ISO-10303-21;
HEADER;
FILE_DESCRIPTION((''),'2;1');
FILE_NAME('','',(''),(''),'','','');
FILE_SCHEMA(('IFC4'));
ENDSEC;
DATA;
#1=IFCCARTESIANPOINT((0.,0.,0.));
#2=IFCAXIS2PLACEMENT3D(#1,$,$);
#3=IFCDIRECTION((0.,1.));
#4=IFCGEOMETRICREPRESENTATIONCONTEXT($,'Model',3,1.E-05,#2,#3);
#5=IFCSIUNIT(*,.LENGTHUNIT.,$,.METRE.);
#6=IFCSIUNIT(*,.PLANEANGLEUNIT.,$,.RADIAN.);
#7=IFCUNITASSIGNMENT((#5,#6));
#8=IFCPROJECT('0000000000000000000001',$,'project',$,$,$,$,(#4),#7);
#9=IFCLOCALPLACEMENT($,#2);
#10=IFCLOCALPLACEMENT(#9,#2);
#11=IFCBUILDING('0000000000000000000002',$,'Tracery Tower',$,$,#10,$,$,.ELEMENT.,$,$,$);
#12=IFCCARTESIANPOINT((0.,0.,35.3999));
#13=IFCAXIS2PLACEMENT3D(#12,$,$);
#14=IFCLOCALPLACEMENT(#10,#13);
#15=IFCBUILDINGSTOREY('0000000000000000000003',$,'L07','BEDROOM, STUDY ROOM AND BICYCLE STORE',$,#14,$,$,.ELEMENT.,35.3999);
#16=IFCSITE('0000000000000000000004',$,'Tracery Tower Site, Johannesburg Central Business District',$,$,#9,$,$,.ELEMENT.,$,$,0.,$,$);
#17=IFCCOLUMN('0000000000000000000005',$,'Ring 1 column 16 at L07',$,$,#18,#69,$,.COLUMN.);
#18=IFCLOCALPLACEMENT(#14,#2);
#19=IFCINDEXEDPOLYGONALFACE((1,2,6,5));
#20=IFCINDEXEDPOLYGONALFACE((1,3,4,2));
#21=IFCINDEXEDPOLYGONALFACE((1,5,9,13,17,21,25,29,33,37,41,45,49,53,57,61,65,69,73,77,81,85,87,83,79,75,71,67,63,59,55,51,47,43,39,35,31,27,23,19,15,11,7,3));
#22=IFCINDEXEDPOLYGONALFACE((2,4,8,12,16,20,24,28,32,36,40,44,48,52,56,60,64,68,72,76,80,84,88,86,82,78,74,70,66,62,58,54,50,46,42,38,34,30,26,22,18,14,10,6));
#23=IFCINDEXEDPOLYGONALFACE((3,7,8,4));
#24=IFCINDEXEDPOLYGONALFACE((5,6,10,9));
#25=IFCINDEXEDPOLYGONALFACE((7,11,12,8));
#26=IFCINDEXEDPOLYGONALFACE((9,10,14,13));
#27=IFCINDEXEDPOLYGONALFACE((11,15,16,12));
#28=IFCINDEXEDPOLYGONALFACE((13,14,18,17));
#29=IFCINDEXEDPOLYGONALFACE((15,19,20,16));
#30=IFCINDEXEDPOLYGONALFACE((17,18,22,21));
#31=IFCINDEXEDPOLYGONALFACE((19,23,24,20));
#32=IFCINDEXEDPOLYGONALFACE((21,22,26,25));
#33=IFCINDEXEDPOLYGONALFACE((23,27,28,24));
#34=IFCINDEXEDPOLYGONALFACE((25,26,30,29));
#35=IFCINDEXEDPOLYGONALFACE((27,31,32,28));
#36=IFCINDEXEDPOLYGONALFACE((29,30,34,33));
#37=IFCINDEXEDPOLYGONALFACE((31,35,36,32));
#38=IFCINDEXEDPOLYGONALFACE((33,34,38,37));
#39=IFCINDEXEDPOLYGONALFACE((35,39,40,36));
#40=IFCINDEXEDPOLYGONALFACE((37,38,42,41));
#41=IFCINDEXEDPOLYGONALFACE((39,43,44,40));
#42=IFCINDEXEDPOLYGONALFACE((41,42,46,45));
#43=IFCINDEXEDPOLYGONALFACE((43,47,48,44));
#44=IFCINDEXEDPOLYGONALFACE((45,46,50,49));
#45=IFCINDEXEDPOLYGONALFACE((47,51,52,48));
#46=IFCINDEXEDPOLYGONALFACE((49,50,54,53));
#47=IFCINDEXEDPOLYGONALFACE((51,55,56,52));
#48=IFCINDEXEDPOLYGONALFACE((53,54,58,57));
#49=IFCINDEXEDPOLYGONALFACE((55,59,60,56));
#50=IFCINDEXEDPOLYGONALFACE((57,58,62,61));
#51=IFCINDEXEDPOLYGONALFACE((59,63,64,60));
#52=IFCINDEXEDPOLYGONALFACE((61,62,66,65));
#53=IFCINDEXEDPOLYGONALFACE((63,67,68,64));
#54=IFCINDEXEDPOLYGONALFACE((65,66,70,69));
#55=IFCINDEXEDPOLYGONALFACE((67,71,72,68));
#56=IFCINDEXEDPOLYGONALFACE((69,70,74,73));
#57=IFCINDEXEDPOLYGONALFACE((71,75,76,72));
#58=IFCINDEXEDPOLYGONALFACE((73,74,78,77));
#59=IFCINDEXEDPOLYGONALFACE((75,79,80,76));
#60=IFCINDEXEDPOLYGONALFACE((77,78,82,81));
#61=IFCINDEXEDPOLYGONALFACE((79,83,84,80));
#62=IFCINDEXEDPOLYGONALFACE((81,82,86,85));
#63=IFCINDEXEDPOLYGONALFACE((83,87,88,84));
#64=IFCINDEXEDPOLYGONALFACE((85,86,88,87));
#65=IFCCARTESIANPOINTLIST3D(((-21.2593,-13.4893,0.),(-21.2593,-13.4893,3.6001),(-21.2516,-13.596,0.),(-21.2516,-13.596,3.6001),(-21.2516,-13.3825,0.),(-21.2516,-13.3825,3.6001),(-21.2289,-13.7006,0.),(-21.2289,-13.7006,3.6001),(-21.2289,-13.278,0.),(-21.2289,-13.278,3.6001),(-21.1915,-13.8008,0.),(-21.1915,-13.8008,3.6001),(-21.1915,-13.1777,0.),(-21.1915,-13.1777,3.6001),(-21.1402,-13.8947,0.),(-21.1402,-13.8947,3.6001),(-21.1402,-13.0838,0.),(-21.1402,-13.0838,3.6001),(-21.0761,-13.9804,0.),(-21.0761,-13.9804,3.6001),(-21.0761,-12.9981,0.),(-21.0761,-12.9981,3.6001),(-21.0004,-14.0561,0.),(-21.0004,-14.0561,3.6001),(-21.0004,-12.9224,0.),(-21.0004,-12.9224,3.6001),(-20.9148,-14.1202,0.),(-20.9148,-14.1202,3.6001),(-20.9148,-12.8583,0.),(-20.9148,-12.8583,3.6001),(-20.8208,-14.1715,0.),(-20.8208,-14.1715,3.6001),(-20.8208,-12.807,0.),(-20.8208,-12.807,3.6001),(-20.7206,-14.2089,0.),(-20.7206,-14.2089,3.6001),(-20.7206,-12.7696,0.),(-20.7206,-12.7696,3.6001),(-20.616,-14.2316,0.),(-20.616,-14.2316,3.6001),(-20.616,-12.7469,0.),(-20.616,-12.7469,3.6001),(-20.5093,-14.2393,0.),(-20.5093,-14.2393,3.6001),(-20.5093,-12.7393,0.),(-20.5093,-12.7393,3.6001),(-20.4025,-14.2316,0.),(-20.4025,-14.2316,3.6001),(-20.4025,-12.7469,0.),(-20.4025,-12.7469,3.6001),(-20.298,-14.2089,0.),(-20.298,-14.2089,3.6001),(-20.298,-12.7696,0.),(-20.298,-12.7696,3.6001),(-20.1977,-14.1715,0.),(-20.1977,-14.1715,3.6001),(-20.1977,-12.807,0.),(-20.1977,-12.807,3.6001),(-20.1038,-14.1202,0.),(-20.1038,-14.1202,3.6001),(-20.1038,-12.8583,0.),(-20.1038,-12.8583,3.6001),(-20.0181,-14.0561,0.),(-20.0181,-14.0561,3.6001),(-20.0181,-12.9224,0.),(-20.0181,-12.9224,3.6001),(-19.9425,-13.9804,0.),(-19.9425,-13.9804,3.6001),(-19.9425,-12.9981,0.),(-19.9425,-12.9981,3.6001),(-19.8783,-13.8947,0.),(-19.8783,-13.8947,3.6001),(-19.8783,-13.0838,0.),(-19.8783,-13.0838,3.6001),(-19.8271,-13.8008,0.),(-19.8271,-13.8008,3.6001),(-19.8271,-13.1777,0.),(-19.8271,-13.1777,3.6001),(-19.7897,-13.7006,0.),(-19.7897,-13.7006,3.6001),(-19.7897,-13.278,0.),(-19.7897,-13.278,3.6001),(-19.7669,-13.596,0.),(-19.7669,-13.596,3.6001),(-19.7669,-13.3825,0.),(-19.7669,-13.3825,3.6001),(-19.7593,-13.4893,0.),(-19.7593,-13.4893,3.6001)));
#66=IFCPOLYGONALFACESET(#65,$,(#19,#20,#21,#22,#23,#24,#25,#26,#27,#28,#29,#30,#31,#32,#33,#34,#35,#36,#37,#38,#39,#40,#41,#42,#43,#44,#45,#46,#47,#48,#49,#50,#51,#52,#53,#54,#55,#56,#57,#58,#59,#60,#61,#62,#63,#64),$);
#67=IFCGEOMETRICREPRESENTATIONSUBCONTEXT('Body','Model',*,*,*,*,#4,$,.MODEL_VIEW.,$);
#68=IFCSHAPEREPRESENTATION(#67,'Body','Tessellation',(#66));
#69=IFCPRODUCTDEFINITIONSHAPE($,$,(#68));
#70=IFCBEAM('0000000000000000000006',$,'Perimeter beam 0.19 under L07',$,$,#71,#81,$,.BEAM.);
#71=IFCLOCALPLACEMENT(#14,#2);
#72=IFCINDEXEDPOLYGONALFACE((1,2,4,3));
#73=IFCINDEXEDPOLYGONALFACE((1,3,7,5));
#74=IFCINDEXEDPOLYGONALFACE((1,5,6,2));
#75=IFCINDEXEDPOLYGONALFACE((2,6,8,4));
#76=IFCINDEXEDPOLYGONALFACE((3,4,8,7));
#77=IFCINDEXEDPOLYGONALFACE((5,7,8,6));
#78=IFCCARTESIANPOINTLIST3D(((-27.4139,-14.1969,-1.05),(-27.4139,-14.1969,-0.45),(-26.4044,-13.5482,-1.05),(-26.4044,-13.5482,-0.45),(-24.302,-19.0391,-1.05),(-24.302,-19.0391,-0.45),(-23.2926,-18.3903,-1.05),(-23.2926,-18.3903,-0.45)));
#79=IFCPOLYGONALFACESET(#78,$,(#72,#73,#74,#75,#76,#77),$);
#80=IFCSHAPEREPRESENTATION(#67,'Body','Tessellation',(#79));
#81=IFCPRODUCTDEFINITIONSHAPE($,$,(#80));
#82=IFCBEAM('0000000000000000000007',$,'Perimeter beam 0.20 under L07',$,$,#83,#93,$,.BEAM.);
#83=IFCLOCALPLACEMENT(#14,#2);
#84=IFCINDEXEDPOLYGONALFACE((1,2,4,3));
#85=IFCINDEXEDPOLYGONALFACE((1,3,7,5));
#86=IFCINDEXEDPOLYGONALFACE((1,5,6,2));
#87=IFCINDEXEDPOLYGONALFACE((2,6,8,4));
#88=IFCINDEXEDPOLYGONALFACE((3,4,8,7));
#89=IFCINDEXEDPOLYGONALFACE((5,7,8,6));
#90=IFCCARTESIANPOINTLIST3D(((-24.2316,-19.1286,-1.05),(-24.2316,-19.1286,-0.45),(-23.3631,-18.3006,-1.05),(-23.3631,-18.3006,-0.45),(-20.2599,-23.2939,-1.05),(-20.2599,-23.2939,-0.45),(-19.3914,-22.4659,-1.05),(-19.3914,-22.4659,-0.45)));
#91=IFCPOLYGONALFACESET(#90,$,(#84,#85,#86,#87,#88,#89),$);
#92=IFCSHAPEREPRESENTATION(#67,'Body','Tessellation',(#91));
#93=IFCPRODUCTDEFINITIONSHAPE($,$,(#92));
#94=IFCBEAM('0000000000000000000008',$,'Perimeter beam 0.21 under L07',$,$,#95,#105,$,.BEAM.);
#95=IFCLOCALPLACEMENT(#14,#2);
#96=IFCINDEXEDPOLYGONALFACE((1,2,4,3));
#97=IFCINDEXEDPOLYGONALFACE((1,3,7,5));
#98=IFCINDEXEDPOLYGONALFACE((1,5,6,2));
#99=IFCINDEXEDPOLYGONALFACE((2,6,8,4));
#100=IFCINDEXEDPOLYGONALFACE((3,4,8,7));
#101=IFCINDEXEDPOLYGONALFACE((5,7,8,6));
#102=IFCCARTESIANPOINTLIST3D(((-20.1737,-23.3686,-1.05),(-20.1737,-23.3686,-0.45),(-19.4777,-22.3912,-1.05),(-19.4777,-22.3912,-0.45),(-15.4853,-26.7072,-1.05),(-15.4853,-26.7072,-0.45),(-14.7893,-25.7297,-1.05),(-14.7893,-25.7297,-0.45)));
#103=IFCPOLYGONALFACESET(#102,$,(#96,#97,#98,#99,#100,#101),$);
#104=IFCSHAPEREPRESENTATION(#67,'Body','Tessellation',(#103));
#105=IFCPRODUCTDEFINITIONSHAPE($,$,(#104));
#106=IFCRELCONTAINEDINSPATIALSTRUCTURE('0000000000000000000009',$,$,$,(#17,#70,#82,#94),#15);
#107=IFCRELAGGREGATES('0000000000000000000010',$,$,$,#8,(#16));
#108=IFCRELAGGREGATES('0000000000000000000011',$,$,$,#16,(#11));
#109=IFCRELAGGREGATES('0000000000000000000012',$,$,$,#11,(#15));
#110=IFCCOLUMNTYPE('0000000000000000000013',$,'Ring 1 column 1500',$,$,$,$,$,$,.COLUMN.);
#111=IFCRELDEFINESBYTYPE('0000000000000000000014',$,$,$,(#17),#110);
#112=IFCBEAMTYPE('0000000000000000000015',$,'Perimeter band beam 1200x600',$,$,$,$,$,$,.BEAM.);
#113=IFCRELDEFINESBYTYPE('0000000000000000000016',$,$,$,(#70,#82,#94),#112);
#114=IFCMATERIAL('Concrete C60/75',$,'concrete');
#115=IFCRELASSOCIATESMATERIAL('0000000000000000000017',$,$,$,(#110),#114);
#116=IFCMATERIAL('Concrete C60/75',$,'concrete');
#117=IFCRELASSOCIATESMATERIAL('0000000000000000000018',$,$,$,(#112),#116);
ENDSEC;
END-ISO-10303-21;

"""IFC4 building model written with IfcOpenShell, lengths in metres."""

from ifc_helpers import new_model, si_unit, direction, frame, origin, origin_2d, place, context, subcontext, project, spatial, rectangle, circle, extrude, material, material_profile, profile_set, type_object, element, save


model = new_model("IFC4")

# Units and contexts
model_context = context("Model", 3, precision=1e-05, world=origin(), true_north=direction((0.0, 1.0)))
body_context = subcontext(model_context, "Body", "Model", "MODEL_VIEW")
ifc_project = project(units=[si_unit("LENGTHUNIT", "METRE"), si_unit("PLANEANGLEUNIT", "RADIAN")], contexts=[model_context])

# Site, building, storey
site_placement = place(None, origin())
site = spatial("IfcSite", under=ifc_project, at=site_placement, Name="Tracery Tower Site, Johannesburg Central Business District", CompositionType="ELEMENT", RefElevation=0.0)
building_placement = place(site_placement, origin())
building = spatial("IfcBuilding", under=site, at=building_placement, Name="Tracery Tower", CompositionType="ELEMENT")
storey_placement = place(building_placement, frame((0.0, 0.0, 35.3999)))
storey = spatial("IfcBuildingStorey", under=building, at=storey_placement, Name="L07", Description="BEDROOM, STUDY ROOM AND BICYCLE STORE", CompositionType="ELEMENT", Elevation=35.3999)

# Column
ifc_material_1 = material(Name="Concrete C60/75", Category="concrete")
ifc_material_profile_1 = material_profile(ifc_material_1, circle(Radius=0.75, at=origin_2d()), Name="RC D1500")
ifc_profile_set_1 = profile_set([ifc_material_profile_1], Name="Concrete C60/75")
column_type_1 = type_object("IfcColumnType", Name="Ring 1 column 1500", PredefinedType="COLUMN", material=ifc_profile_set_1)
column_placement = place(storey_placement, frame((-20.5093, -13.4893, 0.0), z_axis=(0.0, 0.0, 1.0), x_axis=(1.0, 0.0, 0.0)))
element("IfcColumn", 1, at=column_placement, inside=storey, type_object=column_type_1, Name="Ring 1 column 16 at L07", PredefinedType="COLUMN", context=body_context, shape_type="SweptSolid", body=[
    extrude(circle(Radius=0.75, at=origin_2d()), origin(), (0.0, 0.0, 1.0), 3.6001),
])

# Beams
ifc_material_2 = material(Name="Concrete C60/75", Category="concrete")
ifc_material_profile_2 = material_profile(ifc_material_2, rectangle(XDim=1.2, YDim=0.6001, at=origin_2d()), Name="RC 1200x600")
ifc_profile_set_2 = profile_set([ifc_material_profile_2], Name="Concrete C60/75")
beam_type = type_object("IfcBeamType", Name="Perimeter band beam 1200x600", PredefinedType="BEAM", material=ifc_profile_set_2)
beam_1_placement = place(storey_placement, frame((-26.9092, -13.8726, -0.75), z_axis=(0.540644, -0.841252, 0.0), x_axis=(0.841252, 0.540644, 0.0)))
element("IfcBeam", 2, at=beam_1_placement, inside=storey, type_object=beam_type, Name="Perimeter beam 0.19 under L07", PredefinedType="BEAM", context=body_context, shape_type="SweptSolid", body=[
    extrude(rectangle(XDim=1.2, YDim=0.6001, at=origin_2d()), origin(), (0.0, 0.0, 1.0), 5.7559),
])
beam_2_placement = place(storey_placement, frame((-23.7974, -18.7146, -0.75), z_axis=(0.690087, -0.723726, 0.0), x_axis=(0.723726, 0.690087, 0.0)))
element("IfcBeam", 3, at=beam_2_placement, inside=storey, type_object=beam_type, Name="Perimeter beam 0.20 under L07", PredefinedType="BEAM", context=body_context, shape_type="SweptSolid", body=[
    extrude(rectangle(XDim=1.2, YDim=0.6001, at=origin_2d()), origin(), (0.0, 0.0, 1.0), 5.7554),
])
beam_3_placement = place(storey_placement, frame((-19.8257, -22.8799, -0.75), z_axis=(0.814578, -0.580054, 0.0), x_axis=(0.580054, 0.814578, 0.0)))
element("IfcBeam", 4, at=beam_3_placement, inside=storey, type_object=beam_type, Name="Perimeter beam 0.21 under L07", PredefinedType="BEAM", context=body_context, shape_type="SweptSolid", body=[
    extrude(rectangle(XDim=1.2, YDim=0.6001, at=origin_2d()), origin(), (0.0, 0.0, 1.0), 5.7556),
])

save(model, "model.ifc")
